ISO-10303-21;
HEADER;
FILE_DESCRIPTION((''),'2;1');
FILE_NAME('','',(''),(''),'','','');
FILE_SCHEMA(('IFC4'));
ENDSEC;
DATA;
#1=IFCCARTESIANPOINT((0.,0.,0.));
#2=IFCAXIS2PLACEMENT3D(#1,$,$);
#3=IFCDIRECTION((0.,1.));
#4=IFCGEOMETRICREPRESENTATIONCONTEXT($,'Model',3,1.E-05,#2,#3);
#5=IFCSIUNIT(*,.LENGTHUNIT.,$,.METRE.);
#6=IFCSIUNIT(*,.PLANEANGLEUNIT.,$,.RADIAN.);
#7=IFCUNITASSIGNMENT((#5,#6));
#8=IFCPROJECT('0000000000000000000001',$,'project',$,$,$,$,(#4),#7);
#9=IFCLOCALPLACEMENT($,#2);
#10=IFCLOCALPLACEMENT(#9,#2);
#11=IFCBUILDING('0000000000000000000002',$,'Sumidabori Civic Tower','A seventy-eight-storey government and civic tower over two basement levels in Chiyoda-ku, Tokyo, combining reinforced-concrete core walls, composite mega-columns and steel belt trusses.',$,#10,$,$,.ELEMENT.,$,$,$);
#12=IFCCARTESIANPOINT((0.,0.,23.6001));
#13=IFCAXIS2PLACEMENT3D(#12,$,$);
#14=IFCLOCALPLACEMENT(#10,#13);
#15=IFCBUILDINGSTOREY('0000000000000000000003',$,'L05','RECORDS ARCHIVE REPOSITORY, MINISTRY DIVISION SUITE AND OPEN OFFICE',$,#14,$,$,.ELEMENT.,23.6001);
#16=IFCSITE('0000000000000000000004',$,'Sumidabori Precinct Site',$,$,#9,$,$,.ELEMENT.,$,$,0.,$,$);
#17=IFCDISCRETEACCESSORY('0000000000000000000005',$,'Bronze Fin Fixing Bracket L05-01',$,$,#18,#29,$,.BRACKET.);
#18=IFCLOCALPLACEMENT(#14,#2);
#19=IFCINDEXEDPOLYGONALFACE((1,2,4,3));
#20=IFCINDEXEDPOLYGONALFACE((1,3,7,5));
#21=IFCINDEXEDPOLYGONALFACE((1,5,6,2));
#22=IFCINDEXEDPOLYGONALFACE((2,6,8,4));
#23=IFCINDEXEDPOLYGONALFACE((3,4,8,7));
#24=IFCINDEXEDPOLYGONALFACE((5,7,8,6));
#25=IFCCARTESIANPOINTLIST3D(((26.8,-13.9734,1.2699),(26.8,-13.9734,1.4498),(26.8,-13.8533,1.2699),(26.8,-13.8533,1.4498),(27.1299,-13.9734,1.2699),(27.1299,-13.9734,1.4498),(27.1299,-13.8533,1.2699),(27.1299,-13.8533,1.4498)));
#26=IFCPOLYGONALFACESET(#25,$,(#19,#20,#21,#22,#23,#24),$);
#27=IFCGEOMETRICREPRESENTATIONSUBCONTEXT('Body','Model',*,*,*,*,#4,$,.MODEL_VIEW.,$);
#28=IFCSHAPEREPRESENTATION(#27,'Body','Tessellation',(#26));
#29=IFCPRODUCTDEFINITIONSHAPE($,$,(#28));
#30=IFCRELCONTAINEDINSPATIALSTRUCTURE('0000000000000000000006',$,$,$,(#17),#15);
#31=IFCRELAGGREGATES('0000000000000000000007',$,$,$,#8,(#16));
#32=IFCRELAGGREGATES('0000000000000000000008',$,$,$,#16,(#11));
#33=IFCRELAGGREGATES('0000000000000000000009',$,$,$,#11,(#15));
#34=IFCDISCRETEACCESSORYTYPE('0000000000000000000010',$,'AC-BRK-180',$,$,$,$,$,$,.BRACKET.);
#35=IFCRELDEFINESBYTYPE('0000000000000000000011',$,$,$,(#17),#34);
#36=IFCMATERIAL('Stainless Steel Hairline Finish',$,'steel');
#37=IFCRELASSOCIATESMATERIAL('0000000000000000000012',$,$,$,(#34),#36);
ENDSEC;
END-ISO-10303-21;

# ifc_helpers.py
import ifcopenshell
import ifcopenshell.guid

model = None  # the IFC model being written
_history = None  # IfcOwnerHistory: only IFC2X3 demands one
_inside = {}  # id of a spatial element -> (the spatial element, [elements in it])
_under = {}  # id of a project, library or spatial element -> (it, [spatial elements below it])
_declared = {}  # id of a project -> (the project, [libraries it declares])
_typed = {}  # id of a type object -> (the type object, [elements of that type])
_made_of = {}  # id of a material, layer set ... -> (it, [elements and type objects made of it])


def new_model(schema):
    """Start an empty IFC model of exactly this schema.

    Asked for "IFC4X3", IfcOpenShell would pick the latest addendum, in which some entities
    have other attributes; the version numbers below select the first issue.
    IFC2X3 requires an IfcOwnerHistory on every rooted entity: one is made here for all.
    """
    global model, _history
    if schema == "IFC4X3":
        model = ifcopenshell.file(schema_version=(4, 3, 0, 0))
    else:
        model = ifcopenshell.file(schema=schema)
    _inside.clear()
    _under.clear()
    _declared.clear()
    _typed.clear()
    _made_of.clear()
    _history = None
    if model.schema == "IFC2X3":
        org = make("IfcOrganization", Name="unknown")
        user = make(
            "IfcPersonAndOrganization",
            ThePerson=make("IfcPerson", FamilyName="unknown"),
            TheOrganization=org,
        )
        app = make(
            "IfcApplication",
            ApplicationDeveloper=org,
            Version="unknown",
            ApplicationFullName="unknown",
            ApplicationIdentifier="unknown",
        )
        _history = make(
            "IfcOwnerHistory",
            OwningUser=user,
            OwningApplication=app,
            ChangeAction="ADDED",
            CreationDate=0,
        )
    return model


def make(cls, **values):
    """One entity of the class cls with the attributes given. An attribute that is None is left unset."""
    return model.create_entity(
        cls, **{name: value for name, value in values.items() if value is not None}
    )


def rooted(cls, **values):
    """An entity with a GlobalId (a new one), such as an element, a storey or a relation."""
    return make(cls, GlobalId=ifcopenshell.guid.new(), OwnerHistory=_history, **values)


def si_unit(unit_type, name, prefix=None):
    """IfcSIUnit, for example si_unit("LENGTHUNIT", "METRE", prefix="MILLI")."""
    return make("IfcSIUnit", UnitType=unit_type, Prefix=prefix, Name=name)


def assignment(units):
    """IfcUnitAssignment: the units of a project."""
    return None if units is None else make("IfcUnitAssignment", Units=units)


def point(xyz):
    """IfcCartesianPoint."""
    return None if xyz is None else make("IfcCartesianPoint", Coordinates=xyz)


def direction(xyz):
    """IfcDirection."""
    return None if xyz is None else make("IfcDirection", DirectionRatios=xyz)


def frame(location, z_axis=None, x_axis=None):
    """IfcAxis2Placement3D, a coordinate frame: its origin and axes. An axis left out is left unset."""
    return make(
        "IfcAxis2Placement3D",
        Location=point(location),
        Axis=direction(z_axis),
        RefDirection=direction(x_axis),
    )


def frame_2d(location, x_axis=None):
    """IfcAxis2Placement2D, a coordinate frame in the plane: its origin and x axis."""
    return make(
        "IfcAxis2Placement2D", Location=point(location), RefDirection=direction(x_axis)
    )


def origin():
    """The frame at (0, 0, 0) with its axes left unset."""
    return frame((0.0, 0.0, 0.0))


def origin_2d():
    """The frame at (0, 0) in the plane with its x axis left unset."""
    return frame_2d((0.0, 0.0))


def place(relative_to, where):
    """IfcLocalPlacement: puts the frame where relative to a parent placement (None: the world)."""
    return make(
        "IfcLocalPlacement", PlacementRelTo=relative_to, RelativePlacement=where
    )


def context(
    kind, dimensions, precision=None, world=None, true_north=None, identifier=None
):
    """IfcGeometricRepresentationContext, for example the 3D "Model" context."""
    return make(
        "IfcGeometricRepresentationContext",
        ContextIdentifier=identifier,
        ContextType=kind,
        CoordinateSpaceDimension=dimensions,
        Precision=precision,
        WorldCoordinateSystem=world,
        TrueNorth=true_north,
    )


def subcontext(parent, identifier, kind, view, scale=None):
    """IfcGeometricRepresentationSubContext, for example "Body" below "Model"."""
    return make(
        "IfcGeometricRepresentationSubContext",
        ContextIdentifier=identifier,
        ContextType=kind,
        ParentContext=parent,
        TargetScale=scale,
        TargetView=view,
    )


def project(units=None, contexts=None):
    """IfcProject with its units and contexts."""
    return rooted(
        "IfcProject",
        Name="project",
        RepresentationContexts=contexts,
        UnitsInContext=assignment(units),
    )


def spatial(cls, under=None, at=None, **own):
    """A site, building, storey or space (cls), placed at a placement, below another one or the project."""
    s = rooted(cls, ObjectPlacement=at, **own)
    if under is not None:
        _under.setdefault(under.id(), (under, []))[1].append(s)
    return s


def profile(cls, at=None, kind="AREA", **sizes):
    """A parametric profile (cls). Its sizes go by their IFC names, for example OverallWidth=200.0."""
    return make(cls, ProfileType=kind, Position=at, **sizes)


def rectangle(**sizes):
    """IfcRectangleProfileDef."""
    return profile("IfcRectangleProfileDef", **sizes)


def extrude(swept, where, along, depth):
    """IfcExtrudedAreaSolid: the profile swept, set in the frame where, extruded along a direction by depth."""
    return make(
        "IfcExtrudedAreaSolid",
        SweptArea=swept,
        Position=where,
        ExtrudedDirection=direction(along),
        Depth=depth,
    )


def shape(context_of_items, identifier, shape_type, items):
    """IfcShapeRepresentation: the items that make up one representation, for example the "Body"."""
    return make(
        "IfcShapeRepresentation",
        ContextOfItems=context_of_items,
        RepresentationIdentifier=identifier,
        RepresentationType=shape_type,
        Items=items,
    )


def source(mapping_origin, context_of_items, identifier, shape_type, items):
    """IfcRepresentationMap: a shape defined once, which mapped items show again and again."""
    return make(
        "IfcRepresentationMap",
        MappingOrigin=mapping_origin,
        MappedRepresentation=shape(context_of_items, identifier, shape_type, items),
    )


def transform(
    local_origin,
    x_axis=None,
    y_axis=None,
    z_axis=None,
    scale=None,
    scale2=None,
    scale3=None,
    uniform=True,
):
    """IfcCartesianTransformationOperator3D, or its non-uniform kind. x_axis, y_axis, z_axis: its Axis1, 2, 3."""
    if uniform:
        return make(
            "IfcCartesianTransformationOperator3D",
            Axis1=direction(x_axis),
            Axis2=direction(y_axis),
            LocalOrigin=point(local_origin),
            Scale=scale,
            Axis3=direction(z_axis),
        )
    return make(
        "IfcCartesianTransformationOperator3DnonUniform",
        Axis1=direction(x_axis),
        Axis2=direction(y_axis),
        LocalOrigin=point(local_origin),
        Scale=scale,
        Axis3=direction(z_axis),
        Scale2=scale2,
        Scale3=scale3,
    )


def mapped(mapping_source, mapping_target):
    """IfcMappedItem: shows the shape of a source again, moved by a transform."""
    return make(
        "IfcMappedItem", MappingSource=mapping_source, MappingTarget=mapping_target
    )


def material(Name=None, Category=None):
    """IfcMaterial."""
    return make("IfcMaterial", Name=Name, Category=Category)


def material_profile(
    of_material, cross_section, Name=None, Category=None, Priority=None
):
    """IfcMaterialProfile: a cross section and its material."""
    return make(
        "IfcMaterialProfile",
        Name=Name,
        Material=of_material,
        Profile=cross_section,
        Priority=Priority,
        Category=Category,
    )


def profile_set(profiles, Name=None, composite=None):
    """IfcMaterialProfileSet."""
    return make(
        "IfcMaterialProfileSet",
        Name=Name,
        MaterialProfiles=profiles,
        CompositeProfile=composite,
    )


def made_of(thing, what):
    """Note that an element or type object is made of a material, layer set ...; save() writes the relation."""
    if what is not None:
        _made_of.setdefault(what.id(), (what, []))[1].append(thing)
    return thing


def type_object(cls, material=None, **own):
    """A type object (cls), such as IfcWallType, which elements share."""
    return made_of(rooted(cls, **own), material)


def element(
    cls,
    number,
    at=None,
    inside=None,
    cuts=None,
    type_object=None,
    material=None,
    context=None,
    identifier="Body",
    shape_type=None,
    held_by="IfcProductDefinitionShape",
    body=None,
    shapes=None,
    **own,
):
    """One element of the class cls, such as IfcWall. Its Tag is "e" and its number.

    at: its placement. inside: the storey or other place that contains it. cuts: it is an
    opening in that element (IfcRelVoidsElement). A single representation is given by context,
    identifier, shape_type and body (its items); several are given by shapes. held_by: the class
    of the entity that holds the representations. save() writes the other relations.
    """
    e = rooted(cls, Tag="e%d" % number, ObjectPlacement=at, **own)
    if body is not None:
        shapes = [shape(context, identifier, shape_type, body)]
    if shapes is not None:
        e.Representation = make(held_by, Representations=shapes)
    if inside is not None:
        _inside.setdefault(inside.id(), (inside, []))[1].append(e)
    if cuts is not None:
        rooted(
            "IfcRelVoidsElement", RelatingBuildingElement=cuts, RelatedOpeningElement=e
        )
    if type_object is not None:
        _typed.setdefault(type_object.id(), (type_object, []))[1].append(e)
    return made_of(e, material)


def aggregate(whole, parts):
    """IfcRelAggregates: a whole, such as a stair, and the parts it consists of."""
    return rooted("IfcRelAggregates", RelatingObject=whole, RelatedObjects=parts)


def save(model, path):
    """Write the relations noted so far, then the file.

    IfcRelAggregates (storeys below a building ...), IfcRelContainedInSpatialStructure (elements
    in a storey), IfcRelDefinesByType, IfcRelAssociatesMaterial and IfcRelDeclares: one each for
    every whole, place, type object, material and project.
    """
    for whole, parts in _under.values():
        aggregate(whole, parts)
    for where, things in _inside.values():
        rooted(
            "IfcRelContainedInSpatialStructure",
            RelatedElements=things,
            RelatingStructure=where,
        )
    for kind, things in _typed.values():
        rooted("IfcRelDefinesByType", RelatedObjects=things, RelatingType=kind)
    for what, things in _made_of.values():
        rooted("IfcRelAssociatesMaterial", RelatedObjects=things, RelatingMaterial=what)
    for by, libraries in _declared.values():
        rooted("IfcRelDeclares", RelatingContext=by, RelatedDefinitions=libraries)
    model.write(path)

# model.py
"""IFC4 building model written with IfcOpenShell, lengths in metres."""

from ifc_helpers import new_model, si_unit, direction, frame, origin, origin_2d, place, context, subcontext, project, spatial, rectangle, extrude, source, transform, mapped, material, material_profile, profile_set, type_object, element, save


model = new_model("IFC4")

# Units and contexts
model_context = context("Model", 3, precision=1e-05, world=origin(), true_north=direction((0.0, 1.0)))
body_context = subcontext(model_context, "Body", "Model", "MODEL_VIEW")
ifc_project = project(units=[si_unit("LENGTHUNIT", "METRE"), si_unit("PLANEANGLEUNIT", "RADIAN")], contexts=[model_context])

# Site, building, storey
site_placement = place(None, origin())
site = spatial("IfcSite", under=ifc_project, at=site_placement, Name="Sumidabori Precinct Site", CompositionType="ELEMENT", RefElevation=0.0)
building_placement = place(site_placement, origin())
building = spatial("IfcBuilding", under=site, at=building_placement, Name="Sumidabori Civic Tower", Description="A seventy-eight-storey government and civic tower over two basement levels in Chiyoda-ku, Tokyo, combining reinforced-concrete core walls, composite mega-columns and steel belt trusses.", CompositionType="ELEMENT")
storey_placement = place(building_placement, frame((0.0, 0.0, 23.6001)))
storey = spatial("IfcBuildingStorey", under=building, at=storey_placement, Name="L05", Description="RECORDS ARCHIVE REPOSITORY, MINISTRY DIVISION SUITE AND OPEN OFFICE", CompositionType="ELEMENT", Elevation=23.6001)

# Discrete accessory
ifc_material_1 = material(Name="Stainless Steel Hairline Finish", Category="steel")
ifc_material_profile_1 = material_profile(ifc_material_1, rectangle(XDim=0.1201, YDim=0.1799, at=origin_2d()), Name="STEEL BRACKET 180x120")
ifc_profile_set_1 = profile_set([ifc_material_profile_1], Name="Stainless Steel Hairline Finish")
discrete_accessory_type = type_object("IfcDiscreteAccessoryType", Name="AC-BRK-180", PredefinedType="BRACKET", material=ifc_profile_set_1)
shared_shape_1 = source(origin(), body_context, "Body", "SweptSolid", [
    extrude(rectangle(XDim=0.1201, YDim=0.1799, at=origin_2d()), origin(), (0.0, 0.0, 1.0), 0.3298),
])
discrete_accessory_placement = place(storey_placement, frame((26.8, -13.9133, 1.3599), z_axis=(1.0, 0.0, 0.0), x_axis=(0.0, 1.0, 0.0)))
element("IfcDiscreteAccessory", 1, at=discrete_accessory_placement, inside=storey, type_object=discrete_accessory_type, Name="Bronze Fin Fixing Bracket L05-01", PredefinedType="BRACKET", context=body_context, shape_type="MappedRepresentation", body=[
    mapped(shared_shape_1, transform((0.0, 0.0, 0.0), x_axis=(1.0, 0.0, 0.0), y_axis=(0.0, 1.0, 0.0), z_axis=(0.0, 0.0, 1.0), scale=1.0)),
])

save(model, "model.ifc")
